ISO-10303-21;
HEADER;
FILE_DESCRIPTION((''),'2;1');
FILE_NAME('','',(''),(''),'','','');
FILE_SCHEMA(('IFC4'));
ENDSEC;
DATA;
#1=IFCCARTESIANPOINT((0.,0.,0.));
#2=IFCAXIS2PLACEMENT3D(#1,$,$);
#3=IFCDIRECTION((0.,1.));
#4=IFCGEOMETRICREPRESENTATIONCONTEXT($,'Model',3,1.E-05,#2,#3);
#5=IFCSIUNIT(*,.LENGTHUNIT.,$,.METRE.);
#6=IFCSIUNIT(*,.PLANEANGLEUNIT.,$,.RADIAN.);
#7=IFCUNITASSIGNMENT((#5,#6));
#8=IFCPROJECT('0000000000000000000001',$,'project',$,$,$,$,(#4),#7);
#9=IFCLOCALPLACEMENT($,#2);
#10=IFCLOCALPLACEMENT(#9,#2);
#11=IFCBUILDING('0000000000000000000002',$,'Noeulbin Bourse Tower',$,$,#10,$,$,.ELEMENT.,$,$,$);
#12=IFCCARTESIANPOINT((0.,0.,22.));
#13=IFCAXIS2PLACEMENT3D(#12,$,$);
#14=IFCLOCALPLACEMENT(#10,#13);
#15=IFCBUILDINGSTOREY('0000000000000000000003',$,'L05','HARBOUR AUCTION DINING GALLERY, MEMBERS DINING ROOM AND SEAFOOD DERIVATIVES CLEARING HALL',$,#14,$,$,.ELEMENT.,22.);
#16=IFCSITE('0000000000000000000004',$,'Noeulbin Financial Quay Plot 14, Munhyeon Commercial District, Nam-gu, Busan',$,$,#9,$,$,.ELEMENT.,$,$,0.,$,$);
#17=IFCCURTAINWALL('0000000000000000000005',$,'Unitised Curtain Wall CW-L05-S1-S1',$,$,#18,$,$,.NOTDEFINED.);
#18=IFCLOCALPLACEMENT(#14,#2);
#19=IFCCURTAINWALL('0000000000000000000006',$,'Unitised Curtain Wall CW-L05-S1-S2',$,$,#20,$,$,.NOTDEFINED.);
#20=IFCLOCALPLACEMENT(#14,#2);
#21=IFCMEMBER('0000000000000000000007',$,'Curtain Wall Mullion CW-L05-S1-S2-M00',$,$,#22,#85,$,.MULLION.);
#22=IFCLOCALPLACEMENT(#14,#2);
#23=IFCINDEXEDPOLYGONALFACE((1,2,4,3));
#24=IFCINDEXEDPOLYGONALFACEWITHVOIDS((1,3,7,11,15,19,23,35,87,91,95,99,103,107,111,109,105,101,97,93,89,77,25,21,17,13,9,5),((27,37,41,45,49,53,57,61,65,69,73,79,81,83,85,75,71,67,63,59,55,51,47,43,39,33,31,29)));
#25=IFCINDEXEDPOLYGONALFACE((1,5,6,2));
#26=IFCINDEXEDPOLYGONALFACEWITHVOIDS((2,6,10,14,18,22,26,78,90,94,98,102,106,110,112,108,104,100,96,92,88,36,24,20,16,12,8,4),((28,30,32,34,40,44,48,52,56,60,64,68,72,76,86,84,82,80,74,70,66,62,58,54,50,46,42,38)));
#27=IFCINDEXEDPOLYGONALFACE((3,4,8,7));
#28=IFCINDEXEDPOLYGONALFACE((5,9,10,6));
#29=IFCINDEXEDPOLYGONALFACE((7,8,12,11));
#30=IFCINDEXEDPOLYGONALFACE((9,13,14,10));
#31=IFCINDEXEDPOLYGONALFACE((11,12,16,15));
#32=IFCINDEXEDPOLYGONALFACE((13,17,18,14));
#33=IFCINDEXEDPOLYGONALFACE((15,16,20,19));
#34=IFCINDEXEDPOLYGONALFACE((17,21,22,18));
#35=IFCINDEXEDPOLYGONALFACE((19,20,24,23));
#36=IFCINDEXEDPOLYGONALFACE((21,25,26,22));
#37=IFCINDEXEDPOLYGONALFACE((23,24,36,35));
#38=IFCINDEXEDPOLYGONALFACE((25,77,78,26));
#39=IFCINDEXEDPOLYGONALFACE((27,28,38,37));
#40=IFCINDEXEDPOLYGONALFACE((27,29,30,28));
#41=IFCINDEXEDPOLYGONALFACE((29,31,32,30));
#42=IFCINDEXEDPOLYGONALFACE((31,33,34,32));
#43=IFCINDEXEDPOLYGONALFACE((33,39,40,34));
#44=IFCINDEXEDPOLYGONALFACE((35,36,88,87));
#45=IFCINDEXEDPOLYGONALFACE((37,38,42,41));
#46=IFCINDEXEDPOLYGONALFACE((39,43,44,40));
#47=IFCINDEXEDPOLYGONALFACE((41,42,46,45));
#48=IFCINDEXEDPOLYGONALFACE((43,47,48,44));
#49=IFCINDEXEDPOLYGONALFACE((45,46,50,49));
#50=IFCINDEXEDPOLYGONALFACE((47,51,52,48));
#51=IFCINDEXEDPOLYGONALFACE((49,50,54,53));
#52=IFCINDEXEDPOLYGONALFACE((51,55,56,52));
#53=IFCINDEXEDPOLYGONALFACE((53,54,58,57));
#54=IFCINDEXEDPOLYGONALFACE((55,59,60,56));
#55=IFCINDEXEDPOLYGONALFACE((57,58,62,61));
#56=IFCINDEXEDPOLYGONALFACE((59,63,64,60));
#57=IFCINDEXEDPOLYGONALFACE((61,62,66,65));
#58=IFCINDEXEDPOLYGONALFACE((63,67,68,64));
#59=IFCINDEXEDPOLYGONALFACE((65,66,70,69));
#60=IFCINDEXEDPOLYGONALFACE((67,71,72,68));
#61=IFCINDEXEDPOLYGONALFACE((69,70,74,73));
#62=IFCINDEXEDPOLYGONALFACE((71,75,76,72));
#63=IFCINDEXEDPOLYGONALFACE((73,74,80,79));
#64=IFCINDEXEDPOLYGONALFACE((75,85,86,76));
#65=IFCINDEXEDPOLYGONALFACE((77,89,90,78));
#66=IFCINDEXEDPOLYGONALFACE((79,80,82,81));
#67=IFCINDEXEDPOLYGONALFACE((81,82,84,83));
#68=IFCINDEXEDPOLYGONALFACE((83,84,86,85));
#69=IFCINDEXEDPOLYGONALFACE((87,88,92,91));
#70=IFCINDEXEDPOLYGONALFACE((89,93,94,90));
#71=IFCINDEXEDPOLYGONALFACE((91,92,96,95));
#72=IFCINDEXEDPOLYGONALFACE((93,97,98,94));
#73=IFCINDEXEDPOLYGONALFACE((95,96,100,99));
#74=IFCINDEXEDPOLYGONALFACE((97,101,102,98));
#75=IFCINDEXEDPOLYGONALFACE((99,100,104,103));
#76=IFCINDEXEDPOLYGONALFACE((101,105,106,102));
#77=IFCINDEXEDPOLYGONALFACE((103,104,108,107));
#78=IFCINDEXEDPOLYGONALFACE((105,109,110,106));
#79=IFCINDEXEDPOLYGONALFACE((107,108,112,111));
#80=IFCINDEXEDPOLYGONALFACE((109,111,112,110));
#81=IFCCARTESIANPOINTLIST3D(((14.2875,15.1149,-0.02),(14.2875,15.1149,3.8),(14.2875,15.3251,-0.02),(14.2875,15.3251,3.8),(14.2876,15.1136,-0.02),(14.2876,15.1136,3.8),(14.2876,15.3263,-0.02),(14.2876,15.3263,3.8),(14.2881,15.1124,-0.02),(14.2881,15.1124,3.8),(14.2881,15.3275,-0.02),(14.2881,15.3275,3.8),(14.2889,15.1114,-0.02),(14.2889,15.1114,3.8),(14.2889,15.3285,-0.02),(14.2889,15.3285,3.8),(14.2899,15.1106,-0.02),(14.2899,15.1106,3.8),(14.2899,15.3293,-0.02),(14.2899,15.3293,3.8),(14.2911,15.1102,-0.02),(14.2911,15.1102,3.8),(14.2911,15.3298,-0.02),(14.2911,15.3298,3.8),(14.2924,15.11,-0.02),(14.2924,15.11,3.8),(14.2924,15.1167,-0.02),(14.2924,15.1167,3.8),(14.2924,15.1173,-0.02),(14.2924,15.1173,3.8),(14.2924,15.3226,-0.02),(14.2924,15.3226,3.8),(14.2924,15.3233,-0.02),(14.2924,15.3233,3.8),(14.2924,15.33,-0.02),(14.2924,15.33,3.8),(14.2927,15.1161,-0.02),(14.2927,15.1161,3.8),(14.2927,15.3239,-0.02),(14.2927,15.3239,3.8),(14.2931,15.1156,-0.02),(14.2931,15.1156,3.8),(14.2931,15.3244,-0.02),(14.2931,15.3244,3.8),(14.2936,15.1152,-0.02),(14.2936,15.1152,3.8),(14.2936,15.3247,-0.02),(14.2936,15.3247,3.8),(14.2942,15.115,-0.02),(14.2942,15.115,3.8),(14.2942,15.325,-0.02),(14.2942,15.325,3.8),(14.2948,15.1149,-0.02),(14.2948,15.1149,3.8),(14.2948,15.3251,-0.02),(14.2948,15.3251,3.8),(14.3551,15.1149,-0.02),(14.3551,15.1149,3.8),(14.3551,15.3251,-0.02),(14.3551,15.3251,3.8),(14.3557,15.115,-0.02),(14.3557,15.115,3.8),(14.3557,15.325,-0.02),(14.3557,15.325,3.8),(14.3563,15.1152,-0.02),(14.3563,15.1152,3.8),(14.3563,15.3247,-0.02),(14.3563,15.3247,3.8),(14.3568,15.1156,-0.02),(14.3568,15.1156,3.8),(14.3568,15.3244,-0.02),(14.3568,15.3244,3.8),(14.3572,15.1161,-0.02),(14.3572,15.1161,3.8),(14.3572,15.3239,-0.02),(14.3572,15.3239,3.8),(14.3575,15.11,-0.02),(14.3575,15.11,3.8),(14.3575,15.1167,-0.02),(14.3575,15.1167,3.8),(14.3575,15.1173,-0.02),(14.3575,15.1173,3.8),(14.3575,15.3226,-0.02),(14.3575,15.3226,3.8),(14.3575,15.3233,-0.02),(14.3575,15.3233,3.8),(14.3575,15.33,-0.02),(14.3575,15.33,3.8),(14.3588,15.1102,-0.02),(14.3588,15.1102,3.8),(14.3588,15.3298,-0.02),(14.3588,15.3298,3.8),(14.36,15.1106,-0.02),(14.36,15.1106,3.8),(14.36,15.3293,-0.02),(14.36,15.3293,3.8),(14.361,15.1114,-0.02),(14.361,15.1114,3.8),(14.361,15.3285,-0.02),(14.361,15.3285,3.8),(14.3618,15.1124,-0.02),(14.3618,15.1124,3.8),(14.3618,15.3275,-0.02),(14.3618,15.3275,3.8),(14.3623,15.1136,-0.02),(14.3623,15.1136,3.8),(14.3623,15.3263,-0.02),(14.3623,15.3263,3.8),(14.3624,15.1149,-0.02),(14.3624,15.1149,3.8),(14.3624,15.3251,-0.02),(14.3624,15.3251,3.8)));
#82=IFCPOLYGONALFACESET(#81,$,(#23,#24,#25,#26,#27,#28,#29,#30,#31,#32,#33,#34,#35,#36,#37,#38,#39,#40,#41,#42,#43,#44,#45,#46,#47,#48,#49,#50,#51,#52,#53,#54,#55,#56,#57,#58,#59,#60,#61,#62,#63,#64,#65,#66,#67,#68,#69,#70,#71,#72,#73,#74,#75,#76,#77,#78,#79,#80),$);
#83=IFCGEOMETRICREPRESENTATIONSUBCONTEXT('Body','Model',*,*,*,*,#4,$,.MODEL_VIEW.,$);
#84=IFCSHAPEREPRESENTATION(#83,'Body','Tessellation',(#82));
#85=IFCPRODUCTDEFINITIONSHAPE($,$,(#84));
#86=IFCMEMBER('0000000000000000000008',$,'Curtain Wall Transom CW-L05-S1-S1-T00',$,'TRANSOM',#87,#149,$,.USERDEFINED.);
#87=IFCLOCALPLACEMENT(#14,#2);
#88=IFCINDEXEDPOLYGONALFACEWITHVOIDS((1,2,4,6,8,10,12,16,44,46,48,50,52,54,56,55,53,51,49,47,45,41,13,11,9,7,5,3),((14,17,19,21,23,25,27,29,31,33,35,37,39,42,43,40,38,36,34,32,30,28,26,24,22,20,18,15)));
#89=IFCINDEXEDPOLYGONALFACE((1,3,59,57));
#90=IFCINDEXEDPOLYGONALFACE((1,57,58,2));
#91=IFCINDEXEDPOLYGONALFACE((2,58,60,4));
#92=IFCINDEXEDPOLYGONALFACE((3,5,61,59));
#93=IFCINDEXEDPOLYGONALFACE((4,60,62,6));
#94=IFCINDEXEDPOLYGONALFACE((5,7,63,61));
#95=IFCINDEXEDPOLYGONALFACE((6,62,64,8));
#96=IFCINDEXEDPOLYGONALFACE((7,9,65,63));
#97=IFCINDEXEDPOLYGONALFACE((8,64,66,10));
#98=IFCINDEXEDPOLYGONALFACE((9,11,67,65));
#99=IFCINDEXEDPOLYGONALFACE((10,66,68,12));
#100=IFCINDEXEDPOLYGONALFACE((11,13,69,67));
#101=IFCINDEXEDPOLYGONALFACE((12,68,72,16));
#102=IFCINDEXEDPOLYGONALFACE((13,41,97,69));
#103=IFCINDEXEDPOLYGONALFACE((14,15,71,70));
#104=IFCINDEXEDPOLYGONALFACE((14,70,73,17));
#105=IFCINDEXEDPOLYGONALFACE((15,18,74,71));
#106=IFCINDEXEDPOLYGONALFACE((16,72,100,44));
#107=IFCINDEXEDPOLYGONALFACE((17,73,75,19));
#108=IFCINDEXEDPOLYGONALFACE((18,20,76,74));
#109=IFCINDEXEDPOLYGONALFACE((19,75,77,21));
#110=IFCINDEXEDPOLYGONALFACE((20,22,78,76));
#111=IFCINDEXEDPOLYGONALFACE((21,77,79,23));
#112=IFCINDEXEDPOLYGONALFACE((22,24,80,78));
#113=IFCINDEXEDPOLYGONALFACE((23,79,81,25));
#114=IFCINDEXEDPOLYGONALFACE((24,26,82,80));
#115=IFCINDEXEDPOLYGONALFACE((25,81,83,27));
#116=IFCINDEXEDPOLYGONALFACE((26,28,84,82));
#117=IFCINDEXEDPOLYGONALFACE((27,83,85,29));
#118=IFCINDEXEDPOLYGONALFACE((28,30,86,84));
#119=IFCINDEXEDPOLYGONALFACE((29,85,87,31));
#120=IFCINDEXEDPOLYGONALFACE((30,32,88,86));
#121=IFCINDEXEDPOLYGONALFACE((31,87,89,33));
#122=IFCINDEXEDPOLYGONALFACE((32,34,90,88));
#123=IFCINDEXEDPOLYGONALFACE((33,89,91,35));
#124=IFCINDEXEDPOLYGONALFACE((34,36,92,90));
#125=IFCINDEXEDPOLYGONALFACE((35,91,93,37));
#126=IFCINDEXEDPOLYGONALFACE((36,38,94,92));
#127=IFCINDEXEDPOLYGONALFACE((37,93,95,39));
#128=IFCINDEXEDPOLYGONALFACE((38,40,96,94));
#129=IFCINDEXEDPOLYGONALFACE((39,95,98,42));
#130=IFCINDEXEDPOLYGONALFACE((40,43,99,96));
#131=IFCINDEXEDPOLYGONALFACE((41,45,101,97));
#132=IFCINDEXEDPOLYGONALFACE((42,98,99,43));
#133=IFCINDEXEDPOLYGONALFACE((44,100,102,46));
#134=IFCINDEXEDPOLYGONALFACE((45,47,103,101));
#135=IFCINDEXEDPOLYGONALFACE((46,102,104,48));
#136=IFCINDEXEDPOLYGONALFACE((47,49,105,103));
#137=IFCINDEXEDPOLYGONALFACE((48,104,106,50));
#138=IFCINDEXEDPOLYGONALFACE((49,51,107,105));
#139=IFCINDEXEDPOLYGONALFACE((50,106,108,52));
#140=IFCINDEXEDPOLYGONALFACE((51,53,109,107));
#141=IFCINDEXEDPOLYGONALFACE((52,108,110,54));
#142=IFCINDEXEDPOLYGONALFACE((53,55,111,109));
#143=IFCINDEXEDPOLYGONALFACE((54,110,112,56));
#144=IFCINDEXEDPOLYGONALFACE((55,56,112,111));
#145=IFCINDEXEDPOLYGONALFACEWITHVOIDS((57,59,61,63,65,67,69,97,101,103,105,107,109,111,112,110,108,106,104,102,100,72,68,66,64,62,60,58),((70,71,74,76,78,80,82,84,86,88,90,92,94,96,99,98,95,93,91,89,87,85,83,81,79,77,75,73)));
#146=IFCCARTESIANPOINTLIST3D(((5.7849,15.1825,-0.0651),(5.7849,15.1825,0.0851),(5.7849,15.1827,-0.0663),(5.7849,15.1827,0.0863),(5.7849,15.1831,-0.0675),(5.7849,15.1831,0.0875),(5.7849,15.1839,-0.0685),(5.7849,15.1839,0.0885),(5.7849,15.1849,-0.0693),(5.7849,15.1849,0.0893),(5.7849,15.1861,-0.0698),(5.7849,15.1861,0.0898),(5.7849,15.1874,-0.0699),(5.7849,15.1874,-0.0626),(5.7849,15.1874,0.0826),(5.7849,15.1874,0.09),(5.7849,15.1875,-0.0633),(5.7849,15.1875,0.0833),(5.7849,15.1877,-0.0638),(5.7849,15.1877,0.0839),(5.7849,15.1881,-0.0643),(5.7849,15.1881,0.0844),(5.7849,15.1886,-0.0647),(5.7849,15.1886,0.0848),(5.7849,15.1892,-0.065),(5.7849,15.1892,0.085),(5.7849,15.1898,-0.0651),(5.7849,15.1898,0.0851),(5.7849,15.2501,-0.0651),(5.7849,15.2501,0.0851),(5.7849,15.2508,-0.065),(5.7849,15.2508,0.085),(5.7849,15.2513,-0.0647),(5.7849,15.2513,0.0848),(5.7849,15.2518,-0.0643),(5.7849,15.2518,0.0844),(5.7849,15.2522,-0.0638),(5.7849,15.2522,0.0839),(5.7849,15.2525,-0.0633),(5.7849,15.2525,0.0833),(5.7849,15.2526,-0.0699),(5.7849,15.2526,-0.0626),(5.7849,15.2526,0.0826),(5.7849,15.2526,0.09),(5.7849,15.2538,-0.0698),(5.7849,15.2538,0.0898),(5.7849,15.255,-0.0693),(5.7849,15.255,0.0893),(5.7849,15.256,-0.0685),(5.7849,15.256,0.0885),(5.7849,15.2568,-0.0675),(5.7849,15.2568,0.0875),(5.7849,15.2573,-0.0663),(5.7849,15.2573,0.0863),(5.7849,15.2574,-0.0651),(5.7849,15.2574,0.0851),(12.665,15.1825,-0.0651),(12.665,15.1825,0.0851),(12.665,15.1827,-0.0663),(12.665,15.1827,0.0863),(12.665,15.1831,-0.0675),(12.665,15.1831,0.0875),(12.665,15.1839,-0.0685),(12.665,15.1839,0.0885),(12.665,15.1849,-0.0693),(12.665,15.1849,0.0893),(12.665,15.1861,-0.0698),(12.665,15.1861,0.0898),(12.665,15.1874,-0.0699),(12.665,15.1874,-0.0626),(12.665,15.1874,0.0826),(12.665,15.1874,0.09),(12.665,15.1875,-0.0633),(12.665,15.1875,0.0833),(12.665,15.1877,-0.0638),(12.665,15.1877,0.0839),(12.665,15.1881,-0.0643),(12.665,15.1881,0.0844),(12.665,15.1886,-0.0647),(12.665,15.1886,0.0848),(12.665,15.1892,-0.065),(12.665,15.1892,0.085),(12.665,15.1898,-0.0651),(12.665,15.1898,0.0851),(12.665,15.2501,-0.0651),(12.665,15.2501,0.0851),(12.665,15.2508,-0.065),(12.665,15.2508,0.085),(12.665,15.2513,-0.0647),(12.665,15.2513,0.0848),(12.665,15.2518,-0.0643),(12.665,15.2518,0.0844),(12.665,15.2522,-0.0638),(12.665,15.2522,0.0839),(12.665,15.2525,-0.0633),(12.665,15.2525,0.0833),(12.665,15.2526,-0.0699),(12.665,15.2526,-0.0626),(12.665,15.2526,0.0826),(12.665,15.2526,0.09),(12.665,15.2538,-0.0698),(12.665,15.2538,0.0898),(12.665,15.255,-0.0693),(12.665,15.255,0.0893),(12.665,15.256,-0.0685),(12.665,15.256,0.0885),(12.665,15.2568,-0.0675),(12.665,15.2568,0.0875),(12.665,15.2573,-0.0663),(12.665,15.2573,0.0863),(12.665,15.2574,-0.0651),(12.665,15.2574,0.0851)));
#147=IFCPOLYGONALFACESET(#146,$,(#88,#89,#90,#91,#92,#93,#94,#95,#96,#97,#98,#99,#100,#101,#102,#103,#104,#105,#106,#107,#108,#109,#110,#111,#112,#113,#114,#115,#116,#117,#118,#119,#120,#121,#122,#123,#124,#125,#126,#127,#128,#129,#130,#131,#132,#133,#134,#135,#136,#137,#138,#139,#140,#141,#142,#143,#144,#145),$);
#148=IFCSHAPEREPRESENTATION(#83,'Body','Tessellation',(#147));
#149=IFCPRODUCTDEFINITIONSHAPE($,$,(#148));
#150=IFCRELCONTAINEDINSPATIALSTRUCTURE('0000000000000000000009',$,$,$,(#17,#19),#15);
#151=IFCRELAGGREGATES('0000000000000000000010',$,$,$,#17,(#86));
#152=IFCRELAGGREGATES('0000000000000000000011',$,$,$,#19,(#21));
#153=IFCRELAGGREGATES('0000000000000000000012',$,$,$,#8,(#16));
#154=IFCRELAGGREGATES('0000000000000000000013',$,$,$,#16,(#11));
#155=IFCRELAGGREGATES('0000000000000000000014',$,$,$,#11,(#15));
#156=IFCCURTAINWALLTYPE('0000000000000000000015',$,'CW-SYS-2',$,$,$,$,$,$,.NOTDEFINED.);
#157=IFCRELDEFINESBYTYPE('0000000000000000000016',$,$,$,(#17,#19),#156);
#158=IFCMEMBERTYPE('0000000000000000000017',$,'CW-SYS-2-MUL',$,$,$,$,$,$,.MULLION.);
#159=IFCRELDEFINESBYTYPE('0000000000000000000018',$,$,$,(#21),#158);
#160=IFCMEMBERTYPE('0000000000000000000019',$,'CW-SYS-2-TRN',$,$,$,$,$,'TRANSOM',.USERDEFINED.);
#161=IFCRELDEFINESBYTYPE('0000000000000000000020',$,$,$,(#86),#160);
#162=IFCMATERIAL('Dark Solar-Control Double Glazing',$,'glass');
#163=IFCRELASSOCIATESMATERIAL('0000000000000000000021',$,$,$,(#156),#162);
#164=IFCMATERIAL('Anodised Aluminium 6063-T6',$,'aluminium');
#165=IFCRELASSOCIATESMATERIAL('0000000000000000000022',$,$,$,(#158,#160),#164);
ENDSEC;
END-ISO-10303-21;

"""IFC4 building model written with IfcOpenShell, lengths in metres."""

from ifc_helpers import new_model, si_unit, direction, frame, origin, origin_2d, place, context, subcontext, project, spatial, hollow_rectangle, extrude, material, material_profile, profile_set, type_object, element, aggregate, save


model = new_model("IFC4")

# Units and contexts
model_context = context("Model", 3, precision=1e-05, world=origin(), true_north=direction((0.0, 1.0)))
body_context = subcontext(model_context, "Body", "Model", "MODEL_VIEW")
ifc_project = project(units=[si_unit("LENGTHUNIT", "METRE"), si_unit("PLANEANGLEUNIT", "RADIAN")], contexts=[model_context])

# Site, building, storey
site_placement = place(None, origin())
site = spatial("IfcSite", under=ifc_project, at=site_placement, Name="Noeulbin Financial Quay Plot 14, Munhyeon Commercial District, Nam-gu, Busan", CompositionType="ELEMENT", RefElevation=0.0)
building_placement = place(site_placement, origin())
building = spatial("IfcBuilding", under=site, at=building_placement, Name="Noeulbin Bourse Tower", CompositionType="ELEMENT")
storey_placement = place(building_placement, frame((0.0, 0.0, 22.0)))
storey = spatial("IfcBuildingStorey", under=building, at=storey_placement, Name="L05", Description="HARBOUR AUCTION DINING GALLERY, MEMBERS DINING ROOM AND SEAFOOD DERIVATIVES CLEARING HALL", CompositionType="ELEMENT", Elevation=22.0)

# Curtain wall
ifc_material_1 = material(Name="Dark Solar-Control Double Glazing", Category="glass")
curtain_wall_type = type_object("IfcCurtainWallType", Name="CW-SYS-2", PredefinedType="NOTDEFINED", material=ifc_material_1)
curtain_wall_1_placement = place(storey_placement, origin())
curtain_wall_1 = element("IfcCurtainWall", 1, at=curtain_wall_1_placement, inside=storey, type_object=curtain_wall_type, Name="Unitised Curtain Wall CW-L05-S1-S1", PredefinedType="NOTDEFINED")
ifc_material_2 = material(Name="Anodised Aluminium 6063-T6", Category="aluminium")
ifc_material_profile_1 = material_profile(ifc_material_2, hollow_rectangle(XDim=0.075, YDim=0.22, WallThickness=0.0049, InnerFilletRadius=0.0024, OuterFilletRadius=0.0049, at=origin_2d()), Name="ALU-MULL-75x220x5", Category="LoadBearing")
ifc_profile_set_1 = profile_set([ifc_material_profile_1], Name="Anodised Aluminium 6063-T6")
member_type_1 = type_object("IfcMemberType", Name="CW-SYS-2-MUL", PredefinedType="MULLION", material=ifc_profile_set_1)

# Curtain wall, member
curtain_wall_2_placement = place(storey_placement, origin())
curtain_wall_2 = element("IfcCurtainWall", 2, at=curtain_wall_2_placement, inside=storey, type_object=curtain_wall_type, Name="Unitised Curtain Wall CW-L05-S1-S2", PredefinedType="NOTDEFINED")
member_1_placement = place(storey_placement, frame((14.325, 15.22, -0.02), z_axis=(0.0, 0.0, 1.0), x_axis=(1.0, 0.0, 0.0)))
member_1 = element("IfcMember", 3, at=member_1_placement, type_object=member_type_1, Name="Curtain Wall Mullion CW-L05-S1-S2-M00", PredefinedType="MULLION", context=body_context, shape_type="SweptSolid", body=[
    extrude(hollow_rectangle(XDim=0.075, YDim=0.22, WallThickness=0.0049, InnerFilletRadius=0.0024, OuterFilletRadius=0.0049, at=origin_2d()), origin(), (0.0, 0.0, 1.0), 3.8201),
])

# Member
ifc_material_profile_2 = material_profile(ifc_material_2, hollow_rectangle(XDim=0.075, YDim=0.1599, WallThickness=0.0049, InnerFilletRadius=0.0024, OuterFilletRadius=0.0049, at=origin_2d()), Name="ALU-TRAN-75x160x5", Category="LoadBearing")
ifc_profile_set_2 = profile_set([ifc_material_profile_2], Name="Anodised Aluminium 6063-T6")
member_type_2 = type_object("IfcMemberType", Name="CW-SYS-2-TRN", ElementType="TRANSOM", PredefinedType="USERDEFINED", material=ifc_profile_set_2)
member_2_placement = place(storey_placement, frame((5.7849, 15.22, 0.01), z_axis=(1.0, 0.0, 0.0), x_axis=(0.0, 1.0, 0.0)))
member_2 = element("IfcMember", 4, at=member_2_placement, type_object=member_type_2, Name="Curtain Wall Transom CW-L05-S1-S1-T00", ObjectType="TRANSOM", PredefinedType="USERDEFINED", context=body_context, shape_type="SweptSolid", body=[
    extrude(hollow_rectangle(XDim=0.075, YDim=0.1599, WallThickness=0.0049, InnerFilletRadius=0.0024, OuterFilletRadius=0.0049, at=origin_2d()), origin(), (0.0, 0.0, 1.0), 6.8801),
])

aggregate(curtain_wall_1, [member_2])
aggregate(curtain_wall_2, [member_1])

save(model, "model.ifc")
